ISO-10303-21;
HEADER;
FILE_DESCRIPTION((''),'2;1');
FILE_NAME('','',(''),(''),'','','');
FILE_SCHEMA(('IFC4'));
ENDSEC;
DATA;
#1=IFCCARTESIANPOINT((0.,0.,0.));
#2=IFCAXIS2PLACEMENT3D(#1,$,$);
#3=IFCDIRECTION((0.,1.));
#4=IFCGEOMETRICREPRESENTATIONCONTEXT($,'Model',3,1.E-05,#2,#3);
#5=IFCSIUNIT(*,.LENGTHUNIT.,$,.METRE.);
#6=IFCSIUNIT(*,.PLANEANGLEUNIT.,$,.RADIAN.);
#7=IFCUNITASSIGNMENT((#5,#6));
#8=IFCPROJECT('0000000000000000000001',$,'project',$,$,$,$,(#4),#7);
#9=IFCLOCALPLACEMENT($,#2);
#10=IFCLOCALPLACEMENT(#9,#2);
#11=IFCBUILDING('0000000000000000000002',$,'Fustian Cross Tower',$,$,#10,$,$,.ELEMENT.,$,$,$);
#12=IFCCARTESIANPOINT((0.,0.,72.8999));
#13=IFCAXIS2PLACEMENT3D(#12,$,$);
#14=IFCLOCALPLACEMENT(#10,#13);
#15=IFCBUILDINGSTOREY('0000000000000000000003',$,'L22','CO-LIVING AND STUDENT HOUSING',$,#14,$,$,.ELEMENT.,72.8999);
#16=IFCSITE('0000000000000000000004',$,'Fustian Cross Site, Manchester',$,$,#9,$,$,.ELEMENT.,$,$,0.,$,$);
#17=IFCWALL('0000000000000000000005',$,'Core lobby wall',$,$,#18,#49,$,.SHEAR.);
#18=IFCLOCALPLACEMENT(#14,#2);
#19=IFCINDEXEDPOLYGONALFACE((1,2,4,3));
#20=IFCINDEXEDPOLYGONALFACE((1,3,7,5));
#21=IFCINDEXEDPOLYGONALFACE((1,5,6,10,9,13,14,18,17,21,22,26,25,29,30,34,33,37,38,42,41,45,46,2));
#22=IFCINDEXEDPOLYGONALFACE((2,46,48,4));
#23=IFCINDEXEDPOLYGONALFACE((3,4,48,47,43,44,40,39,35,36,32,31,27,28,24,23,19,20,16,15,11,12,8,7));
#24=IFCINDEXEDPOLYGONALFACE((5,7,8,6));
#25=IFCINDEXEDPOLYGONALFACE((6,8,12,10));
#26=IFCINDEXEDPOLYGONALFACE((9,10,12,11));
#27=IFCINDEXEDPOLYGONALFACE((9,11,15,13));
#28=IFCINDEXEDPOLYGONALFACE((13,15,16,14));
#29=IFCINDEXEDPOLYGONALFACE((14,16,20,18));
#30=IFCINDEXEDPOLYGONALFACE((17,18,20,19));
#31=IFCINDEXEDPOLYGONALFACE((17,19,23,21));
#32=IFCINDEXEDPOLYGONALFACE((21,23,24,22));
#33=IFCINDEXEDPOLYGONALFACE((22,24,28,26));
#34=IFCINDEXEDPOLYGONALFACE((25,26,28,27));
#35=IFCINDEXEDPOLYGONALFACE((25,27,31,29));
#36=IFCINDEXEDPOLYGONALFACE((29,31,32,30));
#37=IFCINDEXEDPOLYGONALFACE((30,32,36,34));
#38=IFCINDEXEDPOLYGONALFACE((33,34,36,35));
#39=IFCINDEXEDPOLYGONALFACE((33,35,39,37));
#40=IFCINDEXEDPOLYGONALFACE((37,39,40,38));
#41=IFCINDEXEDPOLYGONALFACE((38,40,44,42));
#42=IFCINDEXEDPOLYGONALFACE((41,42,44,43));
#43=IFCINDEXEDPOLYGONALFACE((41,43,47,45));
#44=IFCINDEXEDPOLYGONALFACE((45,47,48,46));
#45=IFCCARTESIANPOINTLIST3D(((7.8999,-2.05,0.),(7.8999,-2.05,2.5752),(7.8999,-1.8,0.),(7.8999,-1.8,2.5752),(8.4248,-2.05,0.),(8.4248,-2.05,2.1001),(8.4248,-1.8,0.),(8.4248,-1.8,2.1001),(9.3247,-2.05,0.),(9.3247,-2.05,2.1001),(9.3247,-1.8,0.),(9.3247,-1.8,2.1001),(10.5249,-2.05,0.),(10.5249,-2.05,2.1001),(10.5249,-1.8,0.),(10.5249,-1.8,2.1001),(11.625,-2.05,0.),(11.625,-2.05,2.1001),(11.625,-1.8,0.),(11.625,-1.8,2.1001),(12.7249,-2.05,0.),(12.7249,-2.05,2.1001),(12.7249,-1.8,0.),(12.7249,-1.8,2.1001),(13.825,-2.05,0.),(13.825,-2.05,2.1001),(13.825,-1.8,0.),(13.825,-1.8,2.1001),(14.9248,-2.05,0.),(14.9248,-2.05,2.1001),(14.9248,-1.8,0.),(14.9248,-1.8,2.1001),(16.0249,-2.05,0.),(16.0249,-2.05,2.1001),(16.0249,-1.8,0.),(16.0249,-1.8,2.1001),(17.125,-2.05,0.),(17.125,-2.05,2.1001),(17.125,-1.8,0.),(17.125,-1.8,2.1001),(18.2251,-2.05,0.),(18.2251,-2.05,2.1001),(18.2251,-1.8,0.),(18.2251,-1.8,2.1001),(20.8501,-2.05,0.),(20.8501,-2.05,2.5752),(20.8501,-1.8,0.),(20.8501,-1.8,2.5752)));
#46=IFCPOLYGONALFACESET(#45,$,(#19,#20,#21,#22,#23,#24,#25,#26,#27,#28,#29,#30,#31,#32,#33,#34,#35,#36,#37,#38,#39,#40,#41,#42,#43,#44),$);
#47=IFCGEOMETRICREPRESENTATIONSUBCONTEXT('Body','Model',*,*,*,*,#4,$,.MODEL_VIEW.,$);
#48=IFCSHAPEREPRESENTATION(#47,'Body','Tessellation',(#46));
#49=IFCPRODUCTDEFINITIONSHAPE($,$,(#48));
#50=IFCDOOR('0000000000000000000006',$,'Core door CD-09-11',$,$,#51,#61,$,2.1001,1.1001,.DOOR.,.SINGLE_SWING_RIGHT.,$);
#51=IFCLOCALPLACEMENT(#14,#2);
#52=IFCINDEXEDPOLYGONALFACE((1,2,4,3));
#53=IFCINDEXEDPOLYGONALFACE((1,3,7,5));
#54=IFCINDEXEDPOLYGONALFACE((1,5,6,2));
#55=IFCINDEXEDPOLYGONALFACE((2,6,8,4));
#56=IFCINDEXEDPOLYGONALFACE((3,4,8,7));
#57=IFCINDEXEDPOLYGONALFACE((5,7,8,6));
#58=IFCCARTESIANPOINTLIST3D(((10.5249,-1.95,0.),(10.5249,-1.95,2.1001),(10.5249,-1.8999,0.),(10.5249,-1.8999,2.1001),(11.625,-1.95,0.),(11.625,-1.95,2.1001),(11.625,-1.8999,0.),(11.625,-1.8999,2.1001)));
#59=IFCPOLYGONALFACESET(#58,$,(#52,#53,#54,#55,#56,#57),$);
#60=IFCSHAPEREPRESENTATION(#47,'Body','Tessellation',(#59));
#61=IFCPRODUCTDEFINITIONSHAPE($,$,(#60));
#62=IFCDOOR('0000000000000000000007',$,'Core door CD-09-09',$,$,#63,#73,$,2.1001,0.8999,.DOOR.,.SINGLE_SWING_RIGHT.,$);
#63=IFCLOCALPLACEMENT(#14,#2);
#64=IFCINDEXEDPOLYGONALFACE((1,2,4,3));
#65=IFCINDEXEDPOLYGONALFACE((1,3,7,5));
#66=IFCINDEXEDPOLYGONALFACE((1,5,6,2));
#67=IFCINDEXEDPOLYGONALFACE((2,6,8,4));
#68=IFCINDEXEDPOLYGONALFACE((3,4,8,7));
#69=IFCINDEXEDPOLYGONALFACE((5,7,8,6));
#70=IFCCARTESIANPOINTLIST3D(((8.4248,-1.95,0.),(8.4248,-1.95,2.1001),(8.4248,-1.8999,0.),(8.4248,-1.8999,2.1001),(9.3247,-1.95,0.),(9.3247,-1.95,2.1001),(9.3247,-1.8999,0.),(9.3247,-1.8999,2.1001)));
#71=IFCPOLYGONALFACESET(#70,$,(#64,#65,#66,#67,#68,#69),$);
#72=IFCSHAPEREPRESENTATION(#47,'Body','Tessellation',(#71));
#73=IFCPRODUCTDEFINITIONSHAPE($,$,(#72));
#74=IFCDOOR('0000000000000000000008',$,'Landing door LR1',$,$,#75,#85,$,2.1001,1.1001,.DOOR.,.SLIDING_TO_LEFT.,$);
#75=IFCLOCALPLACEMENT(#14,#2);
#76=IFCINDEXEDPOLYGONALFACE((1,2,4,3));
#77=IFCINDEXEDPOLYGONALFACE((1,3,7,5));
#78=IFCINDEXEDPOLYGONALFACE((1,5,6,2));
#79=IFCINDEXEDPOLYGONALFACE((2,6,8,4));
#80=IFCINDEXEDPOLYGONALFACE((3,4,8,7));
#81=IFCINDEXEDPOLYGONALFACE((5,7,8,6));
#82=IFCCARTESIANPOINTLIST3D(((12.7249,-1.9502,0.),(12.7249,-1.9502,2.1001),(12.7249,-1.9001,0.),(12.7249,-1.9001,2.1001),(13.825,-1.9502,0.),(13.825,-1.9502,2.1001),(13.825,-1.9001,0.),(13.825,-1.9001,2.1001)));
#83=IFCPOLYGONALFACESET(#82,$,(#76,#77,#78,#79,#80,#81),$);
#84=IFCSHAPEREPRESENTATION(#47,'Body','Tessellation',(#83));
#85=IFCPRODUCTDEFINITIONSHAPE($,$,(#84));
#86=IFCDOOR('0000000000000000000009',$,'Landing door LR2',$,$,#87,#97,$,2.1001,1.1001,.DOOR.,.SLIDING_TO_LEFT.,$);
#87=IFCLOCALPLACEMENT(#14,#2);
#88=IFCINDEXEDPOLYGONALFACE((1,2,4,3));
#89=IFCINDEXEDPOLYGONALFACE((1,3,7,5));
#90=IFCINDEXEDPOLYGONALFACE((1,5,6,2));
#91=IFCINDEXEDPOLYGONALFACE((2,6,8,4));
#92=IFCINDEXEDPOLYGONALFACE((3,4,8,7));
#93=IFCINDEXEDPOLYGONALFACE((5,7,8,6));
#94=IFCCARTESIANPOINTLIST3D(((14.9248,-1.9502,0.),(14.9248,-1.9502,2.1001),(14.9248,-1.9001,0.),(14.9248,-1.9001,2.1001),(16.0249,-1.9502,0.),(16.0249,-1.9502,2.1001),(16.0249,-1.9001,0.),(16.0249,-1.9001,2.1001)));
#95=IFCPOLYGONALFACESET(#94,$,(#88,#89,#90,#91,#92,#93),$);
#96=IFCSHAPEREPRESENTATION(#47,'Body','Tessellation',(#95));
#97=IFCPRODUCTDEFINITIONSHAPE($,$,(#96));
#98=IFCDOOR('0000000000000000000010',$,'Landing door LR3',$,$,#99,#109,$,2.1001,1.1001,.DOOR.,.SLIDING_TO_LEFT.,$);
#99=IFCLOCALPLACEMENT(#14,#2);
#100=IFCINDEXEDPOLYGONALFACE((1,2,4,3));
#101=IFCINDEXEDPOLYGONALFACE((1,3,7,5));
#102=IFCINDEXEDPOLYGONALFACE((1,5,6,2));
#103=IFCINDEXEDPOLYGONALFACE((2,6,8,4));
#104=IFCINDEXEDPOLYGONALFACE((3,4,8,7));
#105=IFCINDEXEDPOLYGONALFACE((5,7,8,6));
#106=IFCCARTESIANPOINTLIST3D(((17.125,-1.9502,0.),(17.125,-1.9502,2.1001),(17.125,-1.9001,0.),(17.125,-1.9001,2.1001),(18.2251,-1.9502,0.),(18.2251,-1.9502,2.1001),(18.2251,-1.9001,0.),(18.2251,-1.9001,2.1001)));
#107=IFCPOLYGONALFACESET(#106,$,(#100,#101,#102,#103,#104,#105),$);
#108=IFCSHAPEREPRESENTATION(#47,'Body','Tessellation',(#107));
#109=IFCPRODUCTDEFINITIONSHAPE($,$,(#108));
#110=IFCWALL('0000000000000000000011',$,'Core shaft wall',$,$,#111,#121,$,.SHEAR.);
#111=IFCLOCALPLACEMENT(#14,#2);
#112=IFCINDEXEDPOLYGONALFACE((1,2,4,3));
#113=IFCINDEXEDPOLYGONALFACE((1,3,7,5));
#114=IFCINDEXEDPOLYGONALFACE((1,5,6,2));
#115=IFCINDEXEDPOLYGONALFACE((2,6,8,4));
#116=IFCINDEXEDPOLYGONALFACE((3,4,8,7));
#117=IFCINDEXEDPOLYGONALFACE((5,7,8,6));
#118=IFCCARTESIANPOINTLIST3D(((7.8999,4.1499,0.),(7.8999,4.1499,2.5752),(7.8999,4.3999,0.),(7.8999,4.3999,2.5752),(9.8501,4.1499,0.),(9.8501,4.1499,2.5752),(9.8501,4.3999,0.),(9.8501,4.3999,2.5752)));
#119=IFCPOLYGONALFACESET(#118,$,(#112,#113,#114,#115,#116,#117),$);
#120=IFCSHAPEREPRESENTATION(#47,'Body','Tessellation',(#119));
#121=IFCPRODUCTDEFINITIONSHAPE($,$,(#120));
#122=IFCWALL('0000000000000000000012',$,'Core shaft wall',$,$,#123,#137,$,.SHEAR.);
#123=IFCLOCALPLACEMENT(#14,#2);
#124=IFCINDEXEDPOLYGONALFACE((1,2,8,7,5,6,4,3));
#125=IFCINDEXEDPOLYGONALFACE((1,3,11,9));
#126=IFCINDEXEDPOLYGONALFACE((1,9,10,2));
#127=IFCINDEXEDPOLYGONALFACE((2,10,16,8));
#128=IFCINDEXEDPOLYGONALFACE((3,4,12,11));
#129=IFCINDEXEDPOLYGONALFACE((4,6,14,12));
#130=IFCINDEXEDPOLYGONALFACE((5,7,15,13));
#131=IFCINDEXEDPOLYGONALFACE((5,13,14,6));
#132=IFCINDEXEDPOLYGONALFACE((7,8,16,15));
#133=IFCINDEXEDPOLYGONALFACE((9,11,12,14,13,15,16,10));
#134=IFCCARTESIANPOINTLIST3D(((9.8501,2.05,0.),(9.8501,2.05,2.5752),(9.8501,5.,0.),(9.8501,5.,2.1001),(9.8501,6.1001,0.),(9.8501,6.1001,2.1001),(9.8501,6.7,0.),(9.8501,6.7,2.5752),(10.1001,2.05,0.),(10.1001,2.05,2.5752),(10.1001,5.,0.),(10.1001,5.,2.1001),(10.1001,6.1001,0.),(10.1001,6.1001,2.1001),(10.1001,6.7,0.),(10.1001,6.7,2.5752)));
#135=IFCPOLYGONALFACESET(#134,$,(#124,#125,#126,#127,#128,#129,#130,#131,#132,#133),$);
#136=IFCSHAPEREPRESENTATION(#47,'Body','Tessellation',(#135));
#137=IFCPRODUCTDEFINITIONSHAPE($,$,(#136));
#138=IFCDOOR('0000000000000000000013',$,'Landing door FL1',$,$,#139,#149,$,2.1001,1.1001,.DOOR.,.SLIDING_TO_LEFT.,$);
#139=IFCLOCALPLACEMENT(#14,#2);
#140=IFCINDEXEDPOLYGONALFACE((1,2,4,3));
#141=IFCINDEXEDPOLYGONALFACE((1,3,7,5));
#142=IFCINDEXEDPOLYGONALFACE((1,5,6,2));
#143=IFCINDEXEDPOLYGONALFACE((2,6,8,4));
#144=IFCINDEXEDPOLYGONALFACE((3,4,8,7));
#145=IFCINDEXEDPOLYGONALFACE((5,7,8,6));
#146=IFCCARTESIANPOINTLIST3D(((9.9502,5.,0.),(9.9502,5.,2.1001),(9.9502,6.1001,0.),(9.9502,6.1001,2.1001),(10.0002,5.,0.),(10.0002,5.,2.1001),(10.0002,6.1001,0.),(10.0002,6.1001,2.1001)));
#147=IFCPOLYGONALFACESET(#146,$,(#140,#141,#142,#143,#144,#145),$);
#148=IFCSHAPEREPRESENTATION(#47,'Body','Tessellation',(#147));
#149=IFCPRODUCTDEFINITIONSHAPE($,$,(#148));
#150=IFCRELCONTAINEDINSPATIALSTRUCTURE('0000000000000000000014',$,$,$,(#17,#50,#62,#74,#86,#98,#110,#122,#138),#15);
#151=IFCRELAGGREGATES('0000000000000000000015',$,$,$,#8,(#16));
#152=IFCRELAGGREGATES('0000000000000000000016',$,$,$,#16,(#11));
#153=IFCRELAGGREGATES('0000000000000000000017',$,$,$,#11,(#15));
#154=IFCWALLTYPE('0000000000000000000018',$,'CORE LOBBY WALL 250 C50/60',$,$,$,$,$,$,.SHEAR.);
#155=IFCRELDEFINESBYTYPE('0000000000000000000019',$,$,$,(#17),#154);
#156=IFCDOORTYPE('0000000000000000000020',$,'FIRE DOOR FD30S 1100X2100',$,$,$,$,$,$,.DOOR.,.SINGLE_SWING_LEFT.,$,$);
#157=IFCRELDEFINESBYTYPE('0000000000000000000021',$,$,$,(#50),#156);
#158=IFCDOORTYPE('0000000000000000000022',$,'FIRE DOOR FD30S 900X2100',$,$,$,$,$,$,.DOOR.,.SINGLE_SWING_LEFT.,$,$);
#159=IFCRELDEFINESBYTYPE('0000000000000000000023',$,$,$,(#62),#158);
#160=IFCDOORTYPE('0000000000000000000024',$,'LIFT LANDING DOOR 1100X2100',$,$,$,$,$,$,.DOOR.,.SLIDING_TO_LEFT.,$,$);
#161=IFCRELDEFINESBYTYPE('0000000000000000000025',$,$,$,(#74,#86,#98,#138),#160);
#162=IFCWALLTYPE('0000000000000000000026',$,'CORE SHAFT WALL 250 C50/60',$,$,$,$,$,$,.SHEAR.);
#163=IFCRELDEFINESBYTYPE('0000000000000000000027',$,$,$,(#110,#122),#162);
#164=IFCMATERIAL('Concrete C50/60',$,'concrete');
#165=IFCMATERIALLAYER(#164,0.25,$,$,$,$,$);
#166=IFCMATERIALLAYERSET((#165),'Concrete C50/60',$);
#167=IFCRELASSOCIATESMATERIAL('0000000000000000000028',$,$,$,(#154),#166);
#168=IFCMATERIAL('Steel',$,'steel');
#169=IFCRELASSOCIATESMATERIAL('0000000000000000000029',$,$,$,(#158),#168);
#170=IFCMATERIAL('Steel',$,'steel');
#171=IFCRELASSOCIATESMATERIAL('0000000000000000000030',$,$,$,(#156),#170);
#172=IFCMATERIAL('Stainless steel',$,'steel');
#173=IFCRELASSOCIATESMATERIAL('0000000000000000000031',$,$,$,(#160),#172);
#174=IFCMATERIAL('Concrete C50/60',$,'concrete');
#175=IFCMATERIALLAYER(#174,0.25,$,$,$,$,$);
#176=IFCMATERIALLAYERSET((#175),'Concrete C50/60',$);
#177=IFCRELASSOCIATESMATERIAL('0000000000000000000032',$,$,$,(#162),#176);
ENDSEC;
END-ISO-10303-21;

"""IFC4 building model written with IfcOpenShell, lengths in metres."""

from ifc_helpers import new_model, si_unit, direction, frame, frame_2d, origin, place, context, subcontext, project, spatial, rectangle, extrude, material, layer, layer_set, type_object, element, fill, save


model = new_model("IFC4")

# Units and contexts
model_context = context("Model", 3, precision=1e-05, world=origin(), true_north=direction((0.0, 1.0)))
body_context = subcontext(model_context, "Body", "Model", "MODEL_VIEW")
ifc_project = project(units=[si_unit("LENGTHUNIT", "METRE"), si_unit("PLANEANGLEUNIT", "RADIAN")], contexts=[model_context])

# Site, building, storey
site_placement = place(None, origin())
site = spatial("IfcSite", under=ifc_project, at=site_placement, Name="Fustian Cross Site, Manchester", CompositionType="ELEMENT", RefElevation=0.0)
building_placement = place(site_placement, origin())
building = spatial("IfcBuilding", under=site, at=building_placement, Name="Fustian Cross Tower", CompositionType="ELEMENT")
storey_placement = place(building_placement, frame((0.0, 0.0, 72.8999)))
storey = spatial("IfcBuildingStorey", under=building, at=storey_placement, Name="L22", Description="CO-LIVING AND STUDENT HOUSING", CompositionType="ELEMENT", Elevation=72.8999)

# Wall, openings, doors
ifc_material_1 = material(Name="Concrete C50/60", Category="concrete")
ifc_layer_1 = layer(ifc_material_1, 0.25)
ifc_layer_set_1 = layer_set([ifc_layer_1], Name="Concrete C50/60")
wall_type_1 = type_object("IfcWallType", Name="CORE LOBBY WALL 250 C50/60", PredefinedType="SHEAR", material=ifc_layer_set_1)
ifc_material_2 = material(Name="Steel", Category="steel")
door_type_1 = type_object("IfcDoorType", Name="FIRE DOOR FD30S 900X2100", OperationType="SINGLE_SWING_LEFT", PredefinedType="DOOR", material=ifc_material_2)
wall_1_placement = place(storey_placement, frame((7.8999, -1.925, 0.0), z_axis=(0.0, 0.0, 1.0), x_axis=(1.0, 0.0, 0.0)))
wall_1 = element("IfcWall", 1, at=wall_1_placement, inside=storey, type_object=wall_type_1, Name="Core lobby wall", PredefinedType="SHEAR", context=body_context, shape_type="SweptSolid", body=[
    extrude(rectangle(XDim=12.9502, YDim=0.25, at=frame_2d((6.4751, 0.0))), origin(), (0.0, 0.0, 1.0), 2.5752),
])
opening_1_placement = place(wall_1_placement, frame((4.825, 0.0, 0.0)))
opening_1 = element("IfcOpeningElement", 2, at=opening_1_placement, cuts=wall_1, PredefinedType="OPENING", context=body_context, shape_type="SweptSolid", body=[
    extrude(rectangle(XDim=1.1001, YDim=2.1001, at=frame_2d((0.55, 1.05))), frame((0.0, 0.135, 0.0), z_axis=(0.0, -1.0, 0.0), x_axis=(1.0, 0.0, 0.0)), (0.0, 0.0, 1.0), 0.27),
])
opening_2_placement = place(wall_1_placement, frame((7.0249, 0.0, 0.0)))
opening_2 = element("IfcOpeningElement", 3, at=opening_2_placement, cuts=wall_1, PredefinedType="OPENING", context=body_context, shape_type="SweptSolid", body=[
    extrude(rectangle(XDim=1.1001, YDim=2.1001, at=frame_2d((0.55, 1.05))), frame((0.0, 0.135, 0.0), z_axis=(0.0, -1.0, 0.0), x_axis=(1.0, 0.0, 0.0)), (0.0, 0.0, 1.0), 0.27),
])
opening_3_placement = place(wall_1_placement, frame((9.2251, 0.0, 0.0)))
opening_3 = element("IfcOpeningElement", 4, at=opening_3_placement, cuts=wall_1, PredefinedType="OPENING", context=body_context, shape_type="SweptSolid", body=[
    extrude(rectangle(XDim=1.1001, YDim=2.1001, at=frame_2d((0.55, 1.05))), frame((0.0, 0.135, 0.0), z_axis=(0.0, -1.0, 0.0), x_axis=(1.0, 0.0, 0.0)), (0.0, 0.0, 1.0), 0.27),
])
opening_4_placement = place(wall_1_placement, frame((0.5249, 0.0, 0.0)))
opening_4 = element("IfcOpeningElement", 5, at=opening_4_placement, cuts=wall_1, PredefinedType="OPENING", context=body_context, shape_type="SweptSolid", body=[
    extrude(rectangle(XDim=0.8999, YDim=2.1001, at=frame_2d((0.45, 1.05))), frame((0.0, 0.135, 0.0), z_axis=(0.0, -1.0, 0.0), x_axis=(1.0, 0.0, 0.0)), (0.0, 0.0, 1.0), 0.27),
])
opening_5_placement = place(wall_1_placement, frame((2.625, 0.0, 0.0)))
opening_5 = element("IfcOpeningElement", 6, at=opening_5_placement, cuts=wall_1, PredefinedType="OPENING", context=body_context, shape_type="SweptSolid", body=[
    extrude(rectangle(XDim=1.1001, YDim=2.1001, at=frame_2d((0.55, 1.05))), frame((0.0, 0.135, 0.0), z_axis=(0.0, -1.0, 0.0), x_axis=(1.0, 0.0, 0.0)), (0.0, 0.0, 1.0), 0.27),
])
ifc_material_3 = material(Name="Steel", Category="steel")
door_type_2 = type_object("IfcDoorType", Name="FIRE DOOR FD30S 1100X2100", OperationType="SINGLE_SWING_LEFT", PredefinedType="DOOR", material=ifc_material_3)
door_1_placement = place(opening_5_placement, frame((1.1001, 0.0, 0.0), z_axis=(0.0, 0.0, 1.0), x_axis=(-1.0, 0.0, 0.0)))
door_1 = element("IfcDoor", 7, at=door_1_placement, inside=storey, type_object=door_type_2, Name="Core door CD-09-11", OperationType="SINGLE_SWING_RIGHT", OverallHeight=2.1001, OverallWidth=1.1001, PredefinedType="DOOR", context=body_context, shape_type="SweptSolid", body=[
    extrude(rectangle(XDim=1.1001, YDim=2.1001, at=frame_2d((0.55, 1.05))), frame((0.0, 0.0249, 0.0), z_axis=(0.0, -1.0, 0.0), x_axis=(1.0, 0.0, 0.0)), (0.0, 0.0, 1.0), 0.05),
])
fill(opening_5, door_1)
door_2_placement = place(opening_4_placement, frame((0.8999, 0.0, 0.0), z_axis=(0.0, 0.0, 1.0), x_axis=(-1.0, 0.0, 0.0)))
door_2 = element("IfcDoor", 8, at=door_2_placement, inside=storey, type_object=door_type_1, Name="Core door CD-09-09", OperationType="SINGLE_SWING_RIGHT", OverallHeight=2.1001, OverallWidth=0.8999, PredefinedType="DOOR", context=body_context, shape_type="SweptSolid", body=[
    extrude(rectangle(XDim=0.8999, YDim=2.1001, at=frame_2d((0.45, 1.05))), frame((0.0, 0.0249, 0.0), z_axis=(0.0, -1.0, 0.0), x_axis=(1.0, 0.0, 0.0)), (0.0, 0.0, 1.0), 0.05),
])
fill(opening_4, door_2)
ifc_material_4 = material(Name="Stainless steel", Category="steel")
door_type_3 = type_object("IfcDoorType", Name="LIFT LANDING DOOR 1100X2100", OperationType="SLIDING_TO_LEFT", PredefinedType="DOOR", material=ifc_material_4)
door_3_placement = place(opening_1_placement, origin())
door_3 = element("IfcDoor", 9, at=door_3_placement, inside=storey, type_object=door_type_3, Name="Landing door LR1", OperationType="SLIDING_TO_LEFT", OverallHeight=2.1001, OverallWidth=1.1001, PredefinedType="DOOR", context=body_context, shape_type="SweptSolid", body=[
    extrude(rectangle(XDim=1.1001, YDim=2.1001, at=frame_2d((0.55, 1.05))), frame((0.0, 0.0249, 0.0), z_axis=(0.0, -1.0, 0.0), x_axis=(1.0, 0.0, 0.0)), (0.0, 0.0, 1.0), 0.05),
])
fill(opening_1, door_3)
door_4_placement = place(opening_2_placement, origin())
door_4 = element("IfcDoor", 10, at=door_4_placement, inside=storey, type_object=door_type_3, Name="Landing door LR2", OperationType="SLIDING_TO_LEFT", OverallHeight=2.1001, OverallWidth=1.1001, PredefinedType="DOOR", context=body_context, shape_type="SweptSolid", body=[
    extrude(rectangle(XDim=1.1001, YDim=2.1001, at=frame_2d((0.55, 1.05))), frame((0.0, 0.0249, 0.0), z_axis=(0.0, -1.0, 0.0), x_axis=(1.0, 0.0, 0.0)), (0.0, 0.0, 1.0), 0.05),
])
fill(opening_2, door_4)
door_5_placement = place(opening_3_placement, origin())
door_5 = element("IfcDoor", 11, at=door_5_placement, inside=storey, type_object=door_type_3, Name="Landing door LR3", OperationType="SLIDING_TO_LEFT", OverallHeight=2.1001, OverallWidth=1.1001, PredefinedType="DOOR", context=body_context, shape_type="SweptSolid", body=[
    extrude(rectangle(XDim=1.1001, YDim=2.1001, at=frame_2d((0.55, 1.05))), frame((0.0, 0.0249, 0.0), z_axis=(0.0, -1.0, 0.0), x_axis=(1.0, 0.0, 0.0)), (0.0, 0.0, 1.0), 0.05),
])
fill(opening_3, door_5)

# Wall
ifc_material_5 = material(Name="Concrete C50/60", Category="concrete")
ifc_layer_2 = layer(ifc_material_5, 0.25)
ifc_layer_set_2 = layer_set([ifc_layer_2], Name="Concrete C50/60")
wall_type_2 = type_object("IfcWallType", Name="CORE SHAFT WALL 250 C50/60", PredefinedType="SHEAR", material=ifc_layer_set_2)
wall_2_placement = place(storey_placement, frame((7.8999, 4.2749, 0.0), z_axis=(0.0, 0.0, 1.0), x_axis=(1.0, 0.0, 0.0)))
element("IfcWall", 12, at=wall_2_placement, inside=storey, type_object=wall_type_2, Name="Core shaft wall", PredefinedType="SHEAR", context=body_context, shape_type="SweptSolid", body=[
    extrude(rectangle(XDim=1.9502, YDim=0.25, at=frame_2d((0.9751, 0.0))), origin(), (0.0, 0.0, 1.0), 2.5752),
])

# Wall, opening, door
wall_3_placement = place(storey_placement, frame((9.9751, 2.05, 0.0), z_axis=(0.0, 0.0, 1.0), x_axis=(0.0, 1.0, 0.0)))
wall_3 = element("IfcWall", 13, at=wall_3_placement, inside=storey, type_object=wall_type_2, Name="Core shaft wall", PredefinedType="SHEAR", context=body_context, shape_type="SweptSolid", body=[
    extrude(rectangle(XDim=4.6499, YDim=0.25, at=frame_2d((2.325, 0.0))), origin(), (0.0, 0.0, 1.0), 2.5752),
])
opening_6_placement = place(wall_3_placement, frame((2.95, 0.0, 0.0)))
opening_6 = element("IfcOpeningElement", 14, at=opening_6_placement, cuts=wall_3, PredefinedType="OPENING", context=body_context, shape_type="SweptSolid", body=[
    extrude(rectangle(XDim=1.1001, YDim=2.1001, at=frame_2d((0.55, 1.05))), frame((0.0, 0.135, 0.0), z_axis=(0.0, -1.0, 0.0), x_axis=(1.0, 0.0, 0.0)), (0.0, 0.0, 1.0), 0.27),
])
door_6_placement = place(opening_6_placement, origin())
door_6 = element("IfcDoor", 15, at=door_6_placement, inside=storey, type_object=door_type_3, Name="Landing door FL1", OperationType="SLIDING_TO_LEFT", OverallHeight=2.1001, OverallWidth=1.1001, PredefinedType="DOOR", context=body_context, shape_type="SweptSolid", body=[
    extrude(rectangle(XDim=1.1001, YDim=2.1001, at=frame_2d((0.55, 1.05))), frame((0.0, 0.0249, 0.0), z_axis=(0.0, -1.0, 0.0), x_axis=(1.0, 0.0, 0.0)), (0.0, 0.0, 1.0), 0.05),
])
fill(opening_6, door_6)

save(model, "model.ifc")
